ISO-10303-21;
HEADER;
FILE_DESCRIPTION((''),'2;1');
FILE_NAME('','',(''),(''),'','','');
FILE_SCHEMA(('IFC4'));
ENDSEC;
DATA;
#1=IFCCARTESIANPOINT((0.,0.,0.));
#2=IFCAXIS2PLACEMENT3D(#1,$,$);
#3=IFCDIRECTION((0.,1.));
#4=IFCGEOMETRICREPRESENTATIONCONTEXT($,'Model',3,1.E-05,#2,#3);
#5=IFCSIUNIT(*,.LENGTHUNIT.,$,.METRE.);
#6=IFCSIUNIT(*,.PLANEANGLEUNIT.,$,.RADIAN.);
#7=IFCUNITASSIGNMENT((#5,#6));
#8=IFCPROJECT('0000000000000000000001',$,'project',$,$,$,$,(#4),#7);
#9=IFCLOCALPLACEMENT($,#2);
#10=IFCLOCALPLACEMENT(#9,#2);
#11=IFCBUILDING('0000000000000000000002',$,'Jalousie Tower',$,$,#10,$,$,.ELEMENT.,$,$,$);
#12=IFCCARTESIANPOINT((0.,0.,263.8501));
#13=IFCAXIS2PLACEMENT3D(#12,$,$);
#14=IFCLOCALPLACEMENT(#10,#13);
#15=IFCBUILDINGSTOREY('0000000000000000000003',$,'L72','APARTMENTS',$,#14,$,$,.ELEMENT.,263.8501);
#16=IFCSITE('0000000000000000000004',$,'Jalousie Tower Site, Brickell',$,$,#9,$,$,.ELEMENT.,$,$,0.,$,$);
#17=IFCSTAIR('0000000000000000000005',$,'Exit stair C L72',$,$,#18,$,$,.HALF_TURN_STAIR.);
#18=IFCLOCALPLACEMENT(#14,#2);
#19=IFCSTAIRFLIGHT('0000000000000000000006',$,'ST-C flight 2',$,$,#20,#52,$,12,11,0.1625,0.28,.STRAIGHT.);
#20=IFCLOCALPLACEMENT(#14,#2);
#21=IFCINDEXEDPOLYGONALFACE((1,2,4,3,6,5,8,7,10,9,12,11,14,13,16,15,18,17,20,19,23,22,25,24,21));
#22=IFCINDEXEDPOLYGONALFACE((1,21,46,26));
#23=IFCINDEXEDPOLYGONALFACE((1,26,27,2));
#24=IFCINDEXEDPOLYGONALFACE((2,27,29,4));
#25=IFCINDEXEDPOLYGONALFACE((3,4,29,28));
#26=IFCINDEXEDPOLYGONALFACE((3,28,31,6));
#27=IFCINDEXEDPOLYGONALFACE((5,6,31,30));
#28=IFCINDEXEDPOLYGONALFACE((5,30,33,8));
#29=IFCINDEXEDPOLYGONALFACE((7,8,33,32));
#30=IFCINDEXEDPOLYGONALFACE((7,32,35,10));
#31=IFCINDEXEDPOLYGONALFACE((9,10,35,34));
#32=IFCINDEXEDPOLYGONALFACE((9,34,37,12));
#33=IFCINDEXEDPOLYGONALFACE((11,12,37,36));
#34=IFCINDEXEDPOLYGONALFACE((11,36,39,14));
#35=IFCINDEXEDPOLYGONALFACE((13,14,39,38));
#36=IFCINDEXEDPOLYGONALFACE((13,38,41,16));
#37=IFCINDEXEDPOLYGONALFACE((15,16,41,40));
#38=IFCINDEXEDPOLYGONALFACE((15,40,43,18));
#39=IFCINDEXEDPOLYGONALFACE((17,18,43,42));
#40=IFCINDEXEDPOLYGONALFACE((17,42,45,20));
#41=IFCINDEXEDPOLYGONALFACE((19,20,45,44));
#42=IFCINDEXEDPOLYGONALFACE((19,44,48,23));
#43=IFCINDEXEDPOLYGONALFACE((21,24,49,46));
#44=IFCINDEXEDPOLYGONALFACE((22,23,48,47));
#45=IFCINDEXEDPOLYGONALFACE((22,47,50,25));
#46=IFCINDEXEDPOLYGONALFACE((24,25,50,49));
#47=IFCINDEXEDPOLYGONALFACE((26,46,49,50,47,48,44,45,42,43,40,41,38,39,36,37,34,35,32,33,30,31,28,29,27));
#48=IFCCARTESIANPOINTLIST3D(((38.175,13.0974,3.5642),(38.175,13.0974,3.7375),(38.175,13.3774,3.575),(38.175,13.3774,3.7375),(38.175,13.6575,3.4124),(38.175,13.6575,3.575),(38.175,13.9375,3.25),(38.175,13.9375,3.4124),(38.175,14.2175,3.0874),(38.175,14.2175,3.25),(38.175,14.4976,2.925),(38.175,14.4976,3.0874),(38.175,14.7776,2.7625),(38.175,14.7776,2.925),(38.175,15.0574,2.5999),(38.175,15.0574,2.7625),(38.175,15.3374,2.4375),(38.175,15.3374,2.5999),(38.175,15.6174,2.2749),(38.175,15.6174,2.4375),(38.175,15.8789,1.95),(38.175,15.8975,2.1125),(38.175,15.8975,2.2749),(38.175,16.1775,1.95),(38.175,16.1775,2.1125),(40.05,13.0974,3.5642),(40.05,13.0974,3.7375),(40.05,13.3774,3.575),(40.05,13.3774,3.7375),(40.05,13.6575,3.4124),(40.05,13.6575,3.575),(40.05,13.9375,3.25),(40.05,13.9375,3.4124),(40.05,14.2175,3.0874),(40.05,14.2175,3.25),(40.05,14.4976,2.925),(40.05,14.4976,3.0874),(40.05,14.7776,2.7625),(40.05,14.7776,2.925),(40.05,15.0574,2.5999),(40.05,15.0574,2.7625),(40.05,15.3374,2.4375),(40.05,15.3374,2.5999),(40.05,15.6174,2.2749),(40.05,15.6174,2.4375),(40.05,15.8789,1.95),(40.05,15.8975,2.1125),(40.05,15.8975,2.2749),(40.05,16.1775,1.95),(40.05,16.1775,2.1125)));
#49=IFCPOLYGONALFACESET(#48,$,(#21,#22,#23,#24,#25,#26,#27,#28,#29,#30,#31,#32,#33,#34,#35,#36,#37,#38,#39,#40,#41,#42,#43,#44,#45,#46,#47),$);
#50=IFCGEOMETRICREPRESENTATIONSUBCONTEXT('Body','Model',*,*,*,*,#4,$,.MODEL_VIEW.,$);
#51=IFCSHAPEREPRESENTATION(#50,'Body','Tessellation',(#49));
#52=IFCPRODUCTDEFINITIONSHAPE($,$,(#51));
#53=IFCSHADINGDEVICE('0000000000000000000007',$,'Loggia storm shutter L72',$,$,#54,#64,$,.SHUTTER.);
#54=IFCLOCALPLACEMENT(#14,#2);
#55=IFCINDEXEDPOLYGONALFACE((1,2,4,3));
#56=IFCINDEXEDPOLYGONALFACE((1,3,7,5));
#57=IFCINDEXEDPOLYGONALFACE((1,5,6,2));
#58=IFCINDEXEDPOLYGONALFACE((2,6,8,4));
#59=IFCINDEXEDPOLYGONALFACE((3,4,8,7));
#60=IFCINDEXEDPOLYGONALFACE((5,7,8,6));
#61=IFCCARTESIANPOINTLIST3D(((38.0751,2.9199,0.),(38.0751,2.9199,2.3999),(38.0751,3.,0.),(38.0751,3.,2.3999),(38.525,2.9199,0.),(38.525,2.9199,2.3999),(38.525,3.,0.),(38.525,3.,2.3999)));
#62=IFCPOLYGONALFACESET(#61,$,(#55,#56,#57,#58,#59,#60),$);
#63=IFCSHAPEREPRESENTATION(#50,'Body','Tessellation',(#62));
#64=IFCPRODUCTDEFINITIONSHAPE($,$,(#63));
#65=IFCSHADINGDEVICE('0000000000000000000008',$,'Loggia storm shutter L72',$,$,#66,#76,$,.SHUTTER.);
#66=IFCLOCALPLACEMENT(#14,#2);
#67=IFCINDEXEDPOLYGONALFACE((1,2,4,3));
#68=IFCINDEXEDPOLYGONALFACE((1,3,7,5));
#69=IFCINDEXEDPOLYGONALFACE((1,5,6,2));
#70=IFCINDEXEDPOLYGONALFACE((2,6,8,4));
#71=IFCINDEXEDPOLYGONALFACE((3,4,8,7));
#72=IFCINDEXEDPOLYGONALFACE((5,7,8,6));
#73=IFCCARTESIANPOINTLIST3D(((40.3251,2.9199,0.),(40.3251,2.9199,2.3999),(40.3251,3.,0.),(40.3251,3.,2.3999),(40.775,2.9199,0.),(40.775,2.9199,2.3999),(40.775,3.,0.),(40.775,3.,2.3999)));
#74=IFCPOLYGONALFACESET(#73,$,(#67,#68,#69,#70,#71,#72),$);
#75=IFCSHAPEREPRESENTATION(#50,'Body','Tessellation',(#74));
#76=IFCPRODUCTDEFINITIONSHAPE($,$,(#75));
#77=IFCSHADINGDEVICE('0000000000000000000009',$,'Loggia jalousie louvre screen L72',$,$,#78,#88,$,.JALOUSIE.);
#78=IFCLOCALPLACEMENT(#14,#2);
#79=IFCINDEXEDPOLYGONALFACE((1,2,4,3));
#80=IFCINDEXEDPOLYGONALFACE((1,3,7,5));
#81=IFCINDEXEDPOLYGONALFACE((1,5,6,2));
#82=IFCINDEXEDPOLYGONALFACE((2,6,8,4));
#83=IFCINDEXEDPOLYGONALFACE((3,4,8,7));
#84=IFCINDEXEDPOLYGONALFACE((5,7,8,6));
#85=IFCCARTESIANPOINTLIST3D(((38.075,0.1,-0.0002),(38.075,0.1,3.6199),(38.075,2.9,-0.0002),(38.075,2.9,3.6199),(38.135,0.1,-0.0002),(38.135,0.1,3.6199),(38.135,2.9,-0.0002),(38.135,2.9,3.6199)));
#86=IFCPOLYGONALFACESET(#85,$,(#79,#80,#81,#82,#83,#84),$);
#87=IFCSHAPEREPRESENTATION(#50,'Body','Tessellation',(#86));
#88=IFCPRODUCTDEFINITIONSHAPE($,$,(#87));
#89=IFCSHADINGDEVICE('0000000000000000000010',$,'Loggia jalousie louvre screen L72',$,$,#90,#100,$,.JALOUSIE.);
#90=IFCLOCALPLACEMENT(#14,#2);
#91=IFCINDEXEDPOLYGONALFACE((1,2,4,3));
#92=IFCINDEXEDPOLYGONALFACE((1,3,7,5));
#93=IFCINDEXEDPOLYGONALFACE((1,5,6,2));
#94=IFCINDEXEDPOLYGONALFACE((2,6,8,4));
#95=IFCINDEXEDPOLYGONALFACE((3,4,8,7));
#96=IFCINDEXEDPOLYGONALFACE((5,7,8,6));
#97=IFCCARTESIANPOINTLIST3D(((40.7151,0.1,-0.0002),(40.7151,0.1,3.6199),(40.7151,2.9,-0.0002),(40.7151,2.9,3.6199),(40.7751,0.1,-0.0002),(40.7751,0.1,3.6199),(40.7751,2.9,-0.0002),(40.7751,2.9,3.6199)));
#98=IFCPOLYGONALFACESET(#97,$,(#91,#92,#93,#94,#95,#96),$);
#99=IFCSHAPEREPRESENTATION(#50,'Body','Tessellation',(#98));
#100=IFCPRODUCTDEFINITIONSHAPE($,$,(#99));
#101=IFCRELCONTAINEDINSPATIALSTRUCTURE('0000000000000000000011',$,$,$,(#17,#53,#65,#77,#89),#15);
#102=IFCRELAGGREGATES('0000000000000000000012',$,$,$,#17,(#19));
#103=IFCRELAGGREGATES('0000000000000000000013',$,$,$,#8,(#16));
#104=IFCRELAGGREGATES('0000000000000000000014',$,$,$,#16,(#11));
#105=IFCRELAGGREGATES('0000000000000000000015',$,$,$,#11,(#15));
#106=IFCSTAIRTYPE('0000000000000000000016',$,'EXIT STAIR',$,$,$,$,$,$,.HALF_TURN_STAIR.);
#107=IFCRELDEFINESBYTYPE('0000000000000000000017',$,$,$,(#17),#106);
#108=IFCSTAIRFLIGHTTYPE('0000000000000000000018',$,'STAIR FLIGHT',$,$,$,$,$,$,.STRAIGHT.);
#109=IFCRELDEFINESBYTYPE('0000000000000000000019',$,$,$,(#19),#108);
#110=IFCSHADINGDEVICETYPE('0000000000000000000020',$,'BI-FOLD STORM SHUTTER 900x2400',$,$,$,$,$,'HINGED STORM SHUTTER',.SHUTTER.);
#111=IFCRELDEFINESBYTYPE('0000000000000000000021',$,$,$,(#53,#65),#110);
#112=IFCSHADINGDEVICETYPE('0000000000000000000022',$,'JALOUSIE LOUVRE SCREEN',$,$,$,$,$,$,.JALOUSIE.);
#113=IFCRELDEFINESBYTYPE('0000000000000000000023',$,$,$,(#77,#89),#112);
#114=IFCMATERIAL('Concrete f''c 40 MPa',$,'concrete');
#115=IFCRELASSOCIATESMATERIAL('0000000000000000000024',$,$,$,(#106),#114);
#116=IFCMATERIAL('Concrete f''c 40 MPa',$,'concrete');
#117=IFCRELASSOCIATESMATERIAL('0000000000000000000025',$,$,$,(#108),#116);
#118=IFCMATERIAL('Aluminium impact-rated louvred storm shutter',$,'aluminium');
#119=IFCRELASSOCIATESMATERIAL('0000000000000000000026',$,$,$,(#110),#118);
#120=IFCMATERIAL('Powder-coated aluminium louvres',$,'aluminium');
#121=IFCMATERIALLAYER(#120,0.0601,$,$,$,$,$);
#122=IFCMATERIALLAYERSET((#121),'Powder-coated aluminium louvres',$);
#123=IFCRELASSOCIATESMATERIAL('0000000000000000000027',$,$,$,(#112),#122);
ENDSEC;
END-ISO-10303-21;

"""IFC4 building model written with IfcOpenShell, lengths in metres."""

from ifc_helpers import new_model, si_unit, direction, frame, origin, origin_2d, place, context, subcontext, project, spatial, polyline, rectangle, outline, extrude, material, layer, layer_set, type_object, element, aggregate, save


model = new_model("IFC4")

# Units and contexts
model_context = context("Model", 3, precision=1e-05, world=origin(), true_north=direction((0.0, 1.0)))
body_context = subcontext(model_context, "Body", "Model", "MODEL_VIEW")
ifc_project = project(units=[si_unit("LENGTHUNIT", "METRE"), si_unit("PLANEANGLEUNIT", "RADIAN")], contexts=[model_context])

# Site, building, storey
site_placement = place(None, origin())
site = spatial("IfcSite", under=ifc_project, at=site_placement, Name="Jalousie Tower Site, Brickell", CompositionType="ELEMENT", RefElevation=0.0)
building_placement = place(site_placement, origin())
building = spatial("IfcBuilding", under=site, at=building_placement, Name="Jalousie Tower", CompositionType="ELEMENT")
storey_placement = place(building_placement, frame((0.0, 0.0, 263.8501)))
storey = spatial("IfcBuildingStorey", under=building, at=storey_placement, Name="L72", Description="APARTMENTS", CompositionType="ELEMENT", Elevation=263.8501)

# Stair, stair flight
ifc_material_1 = material(Name="Concrete f'c 40 MPa", Category="concrete")
stair_type = type_object("IfcStairType", Name="EXIT STAIR", PredefinedType="HALF_TURN_STAIR", material=ifc_material_1)
stair_placement = place(storey_placement, origin())
stair = element("IfcStair", 1, at=stair_placement, inside=storey, type_object=stair_type, Name="Exit stair C L72", PredefinedType="HALF_TURN_STAIR")
ifc_material_2 = material(Name="Concrete f'c 40 MPa", Category="concrete")
stair_flight_type = type_object("IfcStairFlightType", Name="STAIR FLIGHT", PredefinedType="STRAIGHT", material=ifc_material_2)
stair_flight_placement = place(storey_placement, frame((39.1125, 16.1775, 1.95), z_axis=(0.0, 0.0, 1.0), x_axis=(0.0, -1.0, 0.0)))
stair_flight = element("IfcStairFlight", 2, at=stair_flight_placement, type_object=stair_flight_type, Name="ST-C flight 2", NumberOfRisers=12, NumberOfTreads=11, PredefinedType="STRAIGHT", RiserHeight=0.1625, TreadLength=0.28, context=body_context, shape_type="SweptSolid", body=[
    extrude(outline(polyline([(0.0, 0.0), (0.0, 0.1626), (0.28, 0.1626), (0.28, 0.325), (0.5601, 0.325), (0.5601, 0.4875), (0.8401, 0.4875), (0.8401, 0.6499), (1.1201, 0.6499), (1.1201, 0.8125), (1.3999, 0.8125), (1.3999, 0.9751), (1.6799, 0.9751), (1.6799, 1.1375), (1.96, 1.1375), (1.96, 1.3), (2.24, 1.3), (2.24, 1.4624), (2.52, 1.4624), (2.52, 1.625), (2.8, 1.625), (2.8, 1.7876), (3.0801, 1.7876), (3.0801, 1.95), (3.0801, 1.6143), (0.2986, 0.0), (0.0, 0.0)])), frame((0.0, 0.9375, 0.0), z_axis=(0.0, -1.0, 0.0), x_axis=(1.0, 0.0, 0.0)), (0.0, 0.0, 1.0), 1.875),
])
aggregate(stair, [stair_flight])

# Shading devices
ifc_material_3 = material(Name="Aluminium impact-rated louvred storm shutter", Category="aluminium")
shading_device_type_1 = type_object("IfcShadingDeviceType", Name="BI-FOLD STORM SHUTTER 900x2400", ElementType="HINGED STORM SHUTTER", PredefinedType="SHUTTER", material=ifc_material_3)
for number, where, z_axis, x_axis, name in (
    (3, (38.3, 2.96, 0.0), (0.0, 0.0, 1.0), (1.0, 0.0, 0.0), "Loggia storm shutter L72"),
    (4, (40.55, 2.96, 0.0), (0.0, 0.0, 1.0), (1.0, 0.0, 0.0), "Loggia storm shutter L72"),
):
    element("IfcShadingDevice", number, at=place(storey_placement, frame(where, z_axis=z_axis, x_axis=x_axis)), inside=storey, type_object=shading_device_type_1, Name=name, PredefinedType="SHUTTER", context=body_context, shape_type="SweptSolid", body=[
        extrude(rectangle(XDim=0.45, YDim=0.0801, at=origin_2d()), origin(), (0.0, 0.0, 1.0), 2.3999),
    ])
ifc_material_4 = material(Name="Powder-coated aluminium louvres", Category="aluminium")
ifc_layer_1 = layer(ifc_material_4, 0.0601)
ifc_layer_set_1 = layer_set([ifc_layer_1], Name="Powder-coated aluminium louvres")
shading_device_type_2 = type_object("IfcShadingDeviceType", Name="JALOUSIE LOUVRE SCREEN", PredefinedType="JALOUSIE", material=ifc_layer_set_1)
for number, where, z_axis, x_axis, name in (
    (5, (38.105, 1.5, -0.0002), (0.0, 0.0, 1.0), (1.0, 0.0, 0.0), "Loggia jalousie louvre screen L72"),
    (6, (40.7451, 1.5, -0.0002), (0.0, 0.0, 1.0), (1.0, 0.0, 0.0), "Loggia jalousie louvre screen L72"),
):
    element("IfcShadingDevice", number, at=place(storey_placement, frame(where, z_axis=z_axis, x_axis=x_axis)), inside=storey, type_object=shading_device_type_2, Name=name, PredefinedType="JALOUSIE", context=body_context, shape_type="SweptSolid", body=[
        extrude(rectangle(XDim=0.0601, YDim=2.8, at=origin_2d()), origin(), (0.0, 0.0, 1.0), 3.6201),
    ])

save(model, "model.ifc")
